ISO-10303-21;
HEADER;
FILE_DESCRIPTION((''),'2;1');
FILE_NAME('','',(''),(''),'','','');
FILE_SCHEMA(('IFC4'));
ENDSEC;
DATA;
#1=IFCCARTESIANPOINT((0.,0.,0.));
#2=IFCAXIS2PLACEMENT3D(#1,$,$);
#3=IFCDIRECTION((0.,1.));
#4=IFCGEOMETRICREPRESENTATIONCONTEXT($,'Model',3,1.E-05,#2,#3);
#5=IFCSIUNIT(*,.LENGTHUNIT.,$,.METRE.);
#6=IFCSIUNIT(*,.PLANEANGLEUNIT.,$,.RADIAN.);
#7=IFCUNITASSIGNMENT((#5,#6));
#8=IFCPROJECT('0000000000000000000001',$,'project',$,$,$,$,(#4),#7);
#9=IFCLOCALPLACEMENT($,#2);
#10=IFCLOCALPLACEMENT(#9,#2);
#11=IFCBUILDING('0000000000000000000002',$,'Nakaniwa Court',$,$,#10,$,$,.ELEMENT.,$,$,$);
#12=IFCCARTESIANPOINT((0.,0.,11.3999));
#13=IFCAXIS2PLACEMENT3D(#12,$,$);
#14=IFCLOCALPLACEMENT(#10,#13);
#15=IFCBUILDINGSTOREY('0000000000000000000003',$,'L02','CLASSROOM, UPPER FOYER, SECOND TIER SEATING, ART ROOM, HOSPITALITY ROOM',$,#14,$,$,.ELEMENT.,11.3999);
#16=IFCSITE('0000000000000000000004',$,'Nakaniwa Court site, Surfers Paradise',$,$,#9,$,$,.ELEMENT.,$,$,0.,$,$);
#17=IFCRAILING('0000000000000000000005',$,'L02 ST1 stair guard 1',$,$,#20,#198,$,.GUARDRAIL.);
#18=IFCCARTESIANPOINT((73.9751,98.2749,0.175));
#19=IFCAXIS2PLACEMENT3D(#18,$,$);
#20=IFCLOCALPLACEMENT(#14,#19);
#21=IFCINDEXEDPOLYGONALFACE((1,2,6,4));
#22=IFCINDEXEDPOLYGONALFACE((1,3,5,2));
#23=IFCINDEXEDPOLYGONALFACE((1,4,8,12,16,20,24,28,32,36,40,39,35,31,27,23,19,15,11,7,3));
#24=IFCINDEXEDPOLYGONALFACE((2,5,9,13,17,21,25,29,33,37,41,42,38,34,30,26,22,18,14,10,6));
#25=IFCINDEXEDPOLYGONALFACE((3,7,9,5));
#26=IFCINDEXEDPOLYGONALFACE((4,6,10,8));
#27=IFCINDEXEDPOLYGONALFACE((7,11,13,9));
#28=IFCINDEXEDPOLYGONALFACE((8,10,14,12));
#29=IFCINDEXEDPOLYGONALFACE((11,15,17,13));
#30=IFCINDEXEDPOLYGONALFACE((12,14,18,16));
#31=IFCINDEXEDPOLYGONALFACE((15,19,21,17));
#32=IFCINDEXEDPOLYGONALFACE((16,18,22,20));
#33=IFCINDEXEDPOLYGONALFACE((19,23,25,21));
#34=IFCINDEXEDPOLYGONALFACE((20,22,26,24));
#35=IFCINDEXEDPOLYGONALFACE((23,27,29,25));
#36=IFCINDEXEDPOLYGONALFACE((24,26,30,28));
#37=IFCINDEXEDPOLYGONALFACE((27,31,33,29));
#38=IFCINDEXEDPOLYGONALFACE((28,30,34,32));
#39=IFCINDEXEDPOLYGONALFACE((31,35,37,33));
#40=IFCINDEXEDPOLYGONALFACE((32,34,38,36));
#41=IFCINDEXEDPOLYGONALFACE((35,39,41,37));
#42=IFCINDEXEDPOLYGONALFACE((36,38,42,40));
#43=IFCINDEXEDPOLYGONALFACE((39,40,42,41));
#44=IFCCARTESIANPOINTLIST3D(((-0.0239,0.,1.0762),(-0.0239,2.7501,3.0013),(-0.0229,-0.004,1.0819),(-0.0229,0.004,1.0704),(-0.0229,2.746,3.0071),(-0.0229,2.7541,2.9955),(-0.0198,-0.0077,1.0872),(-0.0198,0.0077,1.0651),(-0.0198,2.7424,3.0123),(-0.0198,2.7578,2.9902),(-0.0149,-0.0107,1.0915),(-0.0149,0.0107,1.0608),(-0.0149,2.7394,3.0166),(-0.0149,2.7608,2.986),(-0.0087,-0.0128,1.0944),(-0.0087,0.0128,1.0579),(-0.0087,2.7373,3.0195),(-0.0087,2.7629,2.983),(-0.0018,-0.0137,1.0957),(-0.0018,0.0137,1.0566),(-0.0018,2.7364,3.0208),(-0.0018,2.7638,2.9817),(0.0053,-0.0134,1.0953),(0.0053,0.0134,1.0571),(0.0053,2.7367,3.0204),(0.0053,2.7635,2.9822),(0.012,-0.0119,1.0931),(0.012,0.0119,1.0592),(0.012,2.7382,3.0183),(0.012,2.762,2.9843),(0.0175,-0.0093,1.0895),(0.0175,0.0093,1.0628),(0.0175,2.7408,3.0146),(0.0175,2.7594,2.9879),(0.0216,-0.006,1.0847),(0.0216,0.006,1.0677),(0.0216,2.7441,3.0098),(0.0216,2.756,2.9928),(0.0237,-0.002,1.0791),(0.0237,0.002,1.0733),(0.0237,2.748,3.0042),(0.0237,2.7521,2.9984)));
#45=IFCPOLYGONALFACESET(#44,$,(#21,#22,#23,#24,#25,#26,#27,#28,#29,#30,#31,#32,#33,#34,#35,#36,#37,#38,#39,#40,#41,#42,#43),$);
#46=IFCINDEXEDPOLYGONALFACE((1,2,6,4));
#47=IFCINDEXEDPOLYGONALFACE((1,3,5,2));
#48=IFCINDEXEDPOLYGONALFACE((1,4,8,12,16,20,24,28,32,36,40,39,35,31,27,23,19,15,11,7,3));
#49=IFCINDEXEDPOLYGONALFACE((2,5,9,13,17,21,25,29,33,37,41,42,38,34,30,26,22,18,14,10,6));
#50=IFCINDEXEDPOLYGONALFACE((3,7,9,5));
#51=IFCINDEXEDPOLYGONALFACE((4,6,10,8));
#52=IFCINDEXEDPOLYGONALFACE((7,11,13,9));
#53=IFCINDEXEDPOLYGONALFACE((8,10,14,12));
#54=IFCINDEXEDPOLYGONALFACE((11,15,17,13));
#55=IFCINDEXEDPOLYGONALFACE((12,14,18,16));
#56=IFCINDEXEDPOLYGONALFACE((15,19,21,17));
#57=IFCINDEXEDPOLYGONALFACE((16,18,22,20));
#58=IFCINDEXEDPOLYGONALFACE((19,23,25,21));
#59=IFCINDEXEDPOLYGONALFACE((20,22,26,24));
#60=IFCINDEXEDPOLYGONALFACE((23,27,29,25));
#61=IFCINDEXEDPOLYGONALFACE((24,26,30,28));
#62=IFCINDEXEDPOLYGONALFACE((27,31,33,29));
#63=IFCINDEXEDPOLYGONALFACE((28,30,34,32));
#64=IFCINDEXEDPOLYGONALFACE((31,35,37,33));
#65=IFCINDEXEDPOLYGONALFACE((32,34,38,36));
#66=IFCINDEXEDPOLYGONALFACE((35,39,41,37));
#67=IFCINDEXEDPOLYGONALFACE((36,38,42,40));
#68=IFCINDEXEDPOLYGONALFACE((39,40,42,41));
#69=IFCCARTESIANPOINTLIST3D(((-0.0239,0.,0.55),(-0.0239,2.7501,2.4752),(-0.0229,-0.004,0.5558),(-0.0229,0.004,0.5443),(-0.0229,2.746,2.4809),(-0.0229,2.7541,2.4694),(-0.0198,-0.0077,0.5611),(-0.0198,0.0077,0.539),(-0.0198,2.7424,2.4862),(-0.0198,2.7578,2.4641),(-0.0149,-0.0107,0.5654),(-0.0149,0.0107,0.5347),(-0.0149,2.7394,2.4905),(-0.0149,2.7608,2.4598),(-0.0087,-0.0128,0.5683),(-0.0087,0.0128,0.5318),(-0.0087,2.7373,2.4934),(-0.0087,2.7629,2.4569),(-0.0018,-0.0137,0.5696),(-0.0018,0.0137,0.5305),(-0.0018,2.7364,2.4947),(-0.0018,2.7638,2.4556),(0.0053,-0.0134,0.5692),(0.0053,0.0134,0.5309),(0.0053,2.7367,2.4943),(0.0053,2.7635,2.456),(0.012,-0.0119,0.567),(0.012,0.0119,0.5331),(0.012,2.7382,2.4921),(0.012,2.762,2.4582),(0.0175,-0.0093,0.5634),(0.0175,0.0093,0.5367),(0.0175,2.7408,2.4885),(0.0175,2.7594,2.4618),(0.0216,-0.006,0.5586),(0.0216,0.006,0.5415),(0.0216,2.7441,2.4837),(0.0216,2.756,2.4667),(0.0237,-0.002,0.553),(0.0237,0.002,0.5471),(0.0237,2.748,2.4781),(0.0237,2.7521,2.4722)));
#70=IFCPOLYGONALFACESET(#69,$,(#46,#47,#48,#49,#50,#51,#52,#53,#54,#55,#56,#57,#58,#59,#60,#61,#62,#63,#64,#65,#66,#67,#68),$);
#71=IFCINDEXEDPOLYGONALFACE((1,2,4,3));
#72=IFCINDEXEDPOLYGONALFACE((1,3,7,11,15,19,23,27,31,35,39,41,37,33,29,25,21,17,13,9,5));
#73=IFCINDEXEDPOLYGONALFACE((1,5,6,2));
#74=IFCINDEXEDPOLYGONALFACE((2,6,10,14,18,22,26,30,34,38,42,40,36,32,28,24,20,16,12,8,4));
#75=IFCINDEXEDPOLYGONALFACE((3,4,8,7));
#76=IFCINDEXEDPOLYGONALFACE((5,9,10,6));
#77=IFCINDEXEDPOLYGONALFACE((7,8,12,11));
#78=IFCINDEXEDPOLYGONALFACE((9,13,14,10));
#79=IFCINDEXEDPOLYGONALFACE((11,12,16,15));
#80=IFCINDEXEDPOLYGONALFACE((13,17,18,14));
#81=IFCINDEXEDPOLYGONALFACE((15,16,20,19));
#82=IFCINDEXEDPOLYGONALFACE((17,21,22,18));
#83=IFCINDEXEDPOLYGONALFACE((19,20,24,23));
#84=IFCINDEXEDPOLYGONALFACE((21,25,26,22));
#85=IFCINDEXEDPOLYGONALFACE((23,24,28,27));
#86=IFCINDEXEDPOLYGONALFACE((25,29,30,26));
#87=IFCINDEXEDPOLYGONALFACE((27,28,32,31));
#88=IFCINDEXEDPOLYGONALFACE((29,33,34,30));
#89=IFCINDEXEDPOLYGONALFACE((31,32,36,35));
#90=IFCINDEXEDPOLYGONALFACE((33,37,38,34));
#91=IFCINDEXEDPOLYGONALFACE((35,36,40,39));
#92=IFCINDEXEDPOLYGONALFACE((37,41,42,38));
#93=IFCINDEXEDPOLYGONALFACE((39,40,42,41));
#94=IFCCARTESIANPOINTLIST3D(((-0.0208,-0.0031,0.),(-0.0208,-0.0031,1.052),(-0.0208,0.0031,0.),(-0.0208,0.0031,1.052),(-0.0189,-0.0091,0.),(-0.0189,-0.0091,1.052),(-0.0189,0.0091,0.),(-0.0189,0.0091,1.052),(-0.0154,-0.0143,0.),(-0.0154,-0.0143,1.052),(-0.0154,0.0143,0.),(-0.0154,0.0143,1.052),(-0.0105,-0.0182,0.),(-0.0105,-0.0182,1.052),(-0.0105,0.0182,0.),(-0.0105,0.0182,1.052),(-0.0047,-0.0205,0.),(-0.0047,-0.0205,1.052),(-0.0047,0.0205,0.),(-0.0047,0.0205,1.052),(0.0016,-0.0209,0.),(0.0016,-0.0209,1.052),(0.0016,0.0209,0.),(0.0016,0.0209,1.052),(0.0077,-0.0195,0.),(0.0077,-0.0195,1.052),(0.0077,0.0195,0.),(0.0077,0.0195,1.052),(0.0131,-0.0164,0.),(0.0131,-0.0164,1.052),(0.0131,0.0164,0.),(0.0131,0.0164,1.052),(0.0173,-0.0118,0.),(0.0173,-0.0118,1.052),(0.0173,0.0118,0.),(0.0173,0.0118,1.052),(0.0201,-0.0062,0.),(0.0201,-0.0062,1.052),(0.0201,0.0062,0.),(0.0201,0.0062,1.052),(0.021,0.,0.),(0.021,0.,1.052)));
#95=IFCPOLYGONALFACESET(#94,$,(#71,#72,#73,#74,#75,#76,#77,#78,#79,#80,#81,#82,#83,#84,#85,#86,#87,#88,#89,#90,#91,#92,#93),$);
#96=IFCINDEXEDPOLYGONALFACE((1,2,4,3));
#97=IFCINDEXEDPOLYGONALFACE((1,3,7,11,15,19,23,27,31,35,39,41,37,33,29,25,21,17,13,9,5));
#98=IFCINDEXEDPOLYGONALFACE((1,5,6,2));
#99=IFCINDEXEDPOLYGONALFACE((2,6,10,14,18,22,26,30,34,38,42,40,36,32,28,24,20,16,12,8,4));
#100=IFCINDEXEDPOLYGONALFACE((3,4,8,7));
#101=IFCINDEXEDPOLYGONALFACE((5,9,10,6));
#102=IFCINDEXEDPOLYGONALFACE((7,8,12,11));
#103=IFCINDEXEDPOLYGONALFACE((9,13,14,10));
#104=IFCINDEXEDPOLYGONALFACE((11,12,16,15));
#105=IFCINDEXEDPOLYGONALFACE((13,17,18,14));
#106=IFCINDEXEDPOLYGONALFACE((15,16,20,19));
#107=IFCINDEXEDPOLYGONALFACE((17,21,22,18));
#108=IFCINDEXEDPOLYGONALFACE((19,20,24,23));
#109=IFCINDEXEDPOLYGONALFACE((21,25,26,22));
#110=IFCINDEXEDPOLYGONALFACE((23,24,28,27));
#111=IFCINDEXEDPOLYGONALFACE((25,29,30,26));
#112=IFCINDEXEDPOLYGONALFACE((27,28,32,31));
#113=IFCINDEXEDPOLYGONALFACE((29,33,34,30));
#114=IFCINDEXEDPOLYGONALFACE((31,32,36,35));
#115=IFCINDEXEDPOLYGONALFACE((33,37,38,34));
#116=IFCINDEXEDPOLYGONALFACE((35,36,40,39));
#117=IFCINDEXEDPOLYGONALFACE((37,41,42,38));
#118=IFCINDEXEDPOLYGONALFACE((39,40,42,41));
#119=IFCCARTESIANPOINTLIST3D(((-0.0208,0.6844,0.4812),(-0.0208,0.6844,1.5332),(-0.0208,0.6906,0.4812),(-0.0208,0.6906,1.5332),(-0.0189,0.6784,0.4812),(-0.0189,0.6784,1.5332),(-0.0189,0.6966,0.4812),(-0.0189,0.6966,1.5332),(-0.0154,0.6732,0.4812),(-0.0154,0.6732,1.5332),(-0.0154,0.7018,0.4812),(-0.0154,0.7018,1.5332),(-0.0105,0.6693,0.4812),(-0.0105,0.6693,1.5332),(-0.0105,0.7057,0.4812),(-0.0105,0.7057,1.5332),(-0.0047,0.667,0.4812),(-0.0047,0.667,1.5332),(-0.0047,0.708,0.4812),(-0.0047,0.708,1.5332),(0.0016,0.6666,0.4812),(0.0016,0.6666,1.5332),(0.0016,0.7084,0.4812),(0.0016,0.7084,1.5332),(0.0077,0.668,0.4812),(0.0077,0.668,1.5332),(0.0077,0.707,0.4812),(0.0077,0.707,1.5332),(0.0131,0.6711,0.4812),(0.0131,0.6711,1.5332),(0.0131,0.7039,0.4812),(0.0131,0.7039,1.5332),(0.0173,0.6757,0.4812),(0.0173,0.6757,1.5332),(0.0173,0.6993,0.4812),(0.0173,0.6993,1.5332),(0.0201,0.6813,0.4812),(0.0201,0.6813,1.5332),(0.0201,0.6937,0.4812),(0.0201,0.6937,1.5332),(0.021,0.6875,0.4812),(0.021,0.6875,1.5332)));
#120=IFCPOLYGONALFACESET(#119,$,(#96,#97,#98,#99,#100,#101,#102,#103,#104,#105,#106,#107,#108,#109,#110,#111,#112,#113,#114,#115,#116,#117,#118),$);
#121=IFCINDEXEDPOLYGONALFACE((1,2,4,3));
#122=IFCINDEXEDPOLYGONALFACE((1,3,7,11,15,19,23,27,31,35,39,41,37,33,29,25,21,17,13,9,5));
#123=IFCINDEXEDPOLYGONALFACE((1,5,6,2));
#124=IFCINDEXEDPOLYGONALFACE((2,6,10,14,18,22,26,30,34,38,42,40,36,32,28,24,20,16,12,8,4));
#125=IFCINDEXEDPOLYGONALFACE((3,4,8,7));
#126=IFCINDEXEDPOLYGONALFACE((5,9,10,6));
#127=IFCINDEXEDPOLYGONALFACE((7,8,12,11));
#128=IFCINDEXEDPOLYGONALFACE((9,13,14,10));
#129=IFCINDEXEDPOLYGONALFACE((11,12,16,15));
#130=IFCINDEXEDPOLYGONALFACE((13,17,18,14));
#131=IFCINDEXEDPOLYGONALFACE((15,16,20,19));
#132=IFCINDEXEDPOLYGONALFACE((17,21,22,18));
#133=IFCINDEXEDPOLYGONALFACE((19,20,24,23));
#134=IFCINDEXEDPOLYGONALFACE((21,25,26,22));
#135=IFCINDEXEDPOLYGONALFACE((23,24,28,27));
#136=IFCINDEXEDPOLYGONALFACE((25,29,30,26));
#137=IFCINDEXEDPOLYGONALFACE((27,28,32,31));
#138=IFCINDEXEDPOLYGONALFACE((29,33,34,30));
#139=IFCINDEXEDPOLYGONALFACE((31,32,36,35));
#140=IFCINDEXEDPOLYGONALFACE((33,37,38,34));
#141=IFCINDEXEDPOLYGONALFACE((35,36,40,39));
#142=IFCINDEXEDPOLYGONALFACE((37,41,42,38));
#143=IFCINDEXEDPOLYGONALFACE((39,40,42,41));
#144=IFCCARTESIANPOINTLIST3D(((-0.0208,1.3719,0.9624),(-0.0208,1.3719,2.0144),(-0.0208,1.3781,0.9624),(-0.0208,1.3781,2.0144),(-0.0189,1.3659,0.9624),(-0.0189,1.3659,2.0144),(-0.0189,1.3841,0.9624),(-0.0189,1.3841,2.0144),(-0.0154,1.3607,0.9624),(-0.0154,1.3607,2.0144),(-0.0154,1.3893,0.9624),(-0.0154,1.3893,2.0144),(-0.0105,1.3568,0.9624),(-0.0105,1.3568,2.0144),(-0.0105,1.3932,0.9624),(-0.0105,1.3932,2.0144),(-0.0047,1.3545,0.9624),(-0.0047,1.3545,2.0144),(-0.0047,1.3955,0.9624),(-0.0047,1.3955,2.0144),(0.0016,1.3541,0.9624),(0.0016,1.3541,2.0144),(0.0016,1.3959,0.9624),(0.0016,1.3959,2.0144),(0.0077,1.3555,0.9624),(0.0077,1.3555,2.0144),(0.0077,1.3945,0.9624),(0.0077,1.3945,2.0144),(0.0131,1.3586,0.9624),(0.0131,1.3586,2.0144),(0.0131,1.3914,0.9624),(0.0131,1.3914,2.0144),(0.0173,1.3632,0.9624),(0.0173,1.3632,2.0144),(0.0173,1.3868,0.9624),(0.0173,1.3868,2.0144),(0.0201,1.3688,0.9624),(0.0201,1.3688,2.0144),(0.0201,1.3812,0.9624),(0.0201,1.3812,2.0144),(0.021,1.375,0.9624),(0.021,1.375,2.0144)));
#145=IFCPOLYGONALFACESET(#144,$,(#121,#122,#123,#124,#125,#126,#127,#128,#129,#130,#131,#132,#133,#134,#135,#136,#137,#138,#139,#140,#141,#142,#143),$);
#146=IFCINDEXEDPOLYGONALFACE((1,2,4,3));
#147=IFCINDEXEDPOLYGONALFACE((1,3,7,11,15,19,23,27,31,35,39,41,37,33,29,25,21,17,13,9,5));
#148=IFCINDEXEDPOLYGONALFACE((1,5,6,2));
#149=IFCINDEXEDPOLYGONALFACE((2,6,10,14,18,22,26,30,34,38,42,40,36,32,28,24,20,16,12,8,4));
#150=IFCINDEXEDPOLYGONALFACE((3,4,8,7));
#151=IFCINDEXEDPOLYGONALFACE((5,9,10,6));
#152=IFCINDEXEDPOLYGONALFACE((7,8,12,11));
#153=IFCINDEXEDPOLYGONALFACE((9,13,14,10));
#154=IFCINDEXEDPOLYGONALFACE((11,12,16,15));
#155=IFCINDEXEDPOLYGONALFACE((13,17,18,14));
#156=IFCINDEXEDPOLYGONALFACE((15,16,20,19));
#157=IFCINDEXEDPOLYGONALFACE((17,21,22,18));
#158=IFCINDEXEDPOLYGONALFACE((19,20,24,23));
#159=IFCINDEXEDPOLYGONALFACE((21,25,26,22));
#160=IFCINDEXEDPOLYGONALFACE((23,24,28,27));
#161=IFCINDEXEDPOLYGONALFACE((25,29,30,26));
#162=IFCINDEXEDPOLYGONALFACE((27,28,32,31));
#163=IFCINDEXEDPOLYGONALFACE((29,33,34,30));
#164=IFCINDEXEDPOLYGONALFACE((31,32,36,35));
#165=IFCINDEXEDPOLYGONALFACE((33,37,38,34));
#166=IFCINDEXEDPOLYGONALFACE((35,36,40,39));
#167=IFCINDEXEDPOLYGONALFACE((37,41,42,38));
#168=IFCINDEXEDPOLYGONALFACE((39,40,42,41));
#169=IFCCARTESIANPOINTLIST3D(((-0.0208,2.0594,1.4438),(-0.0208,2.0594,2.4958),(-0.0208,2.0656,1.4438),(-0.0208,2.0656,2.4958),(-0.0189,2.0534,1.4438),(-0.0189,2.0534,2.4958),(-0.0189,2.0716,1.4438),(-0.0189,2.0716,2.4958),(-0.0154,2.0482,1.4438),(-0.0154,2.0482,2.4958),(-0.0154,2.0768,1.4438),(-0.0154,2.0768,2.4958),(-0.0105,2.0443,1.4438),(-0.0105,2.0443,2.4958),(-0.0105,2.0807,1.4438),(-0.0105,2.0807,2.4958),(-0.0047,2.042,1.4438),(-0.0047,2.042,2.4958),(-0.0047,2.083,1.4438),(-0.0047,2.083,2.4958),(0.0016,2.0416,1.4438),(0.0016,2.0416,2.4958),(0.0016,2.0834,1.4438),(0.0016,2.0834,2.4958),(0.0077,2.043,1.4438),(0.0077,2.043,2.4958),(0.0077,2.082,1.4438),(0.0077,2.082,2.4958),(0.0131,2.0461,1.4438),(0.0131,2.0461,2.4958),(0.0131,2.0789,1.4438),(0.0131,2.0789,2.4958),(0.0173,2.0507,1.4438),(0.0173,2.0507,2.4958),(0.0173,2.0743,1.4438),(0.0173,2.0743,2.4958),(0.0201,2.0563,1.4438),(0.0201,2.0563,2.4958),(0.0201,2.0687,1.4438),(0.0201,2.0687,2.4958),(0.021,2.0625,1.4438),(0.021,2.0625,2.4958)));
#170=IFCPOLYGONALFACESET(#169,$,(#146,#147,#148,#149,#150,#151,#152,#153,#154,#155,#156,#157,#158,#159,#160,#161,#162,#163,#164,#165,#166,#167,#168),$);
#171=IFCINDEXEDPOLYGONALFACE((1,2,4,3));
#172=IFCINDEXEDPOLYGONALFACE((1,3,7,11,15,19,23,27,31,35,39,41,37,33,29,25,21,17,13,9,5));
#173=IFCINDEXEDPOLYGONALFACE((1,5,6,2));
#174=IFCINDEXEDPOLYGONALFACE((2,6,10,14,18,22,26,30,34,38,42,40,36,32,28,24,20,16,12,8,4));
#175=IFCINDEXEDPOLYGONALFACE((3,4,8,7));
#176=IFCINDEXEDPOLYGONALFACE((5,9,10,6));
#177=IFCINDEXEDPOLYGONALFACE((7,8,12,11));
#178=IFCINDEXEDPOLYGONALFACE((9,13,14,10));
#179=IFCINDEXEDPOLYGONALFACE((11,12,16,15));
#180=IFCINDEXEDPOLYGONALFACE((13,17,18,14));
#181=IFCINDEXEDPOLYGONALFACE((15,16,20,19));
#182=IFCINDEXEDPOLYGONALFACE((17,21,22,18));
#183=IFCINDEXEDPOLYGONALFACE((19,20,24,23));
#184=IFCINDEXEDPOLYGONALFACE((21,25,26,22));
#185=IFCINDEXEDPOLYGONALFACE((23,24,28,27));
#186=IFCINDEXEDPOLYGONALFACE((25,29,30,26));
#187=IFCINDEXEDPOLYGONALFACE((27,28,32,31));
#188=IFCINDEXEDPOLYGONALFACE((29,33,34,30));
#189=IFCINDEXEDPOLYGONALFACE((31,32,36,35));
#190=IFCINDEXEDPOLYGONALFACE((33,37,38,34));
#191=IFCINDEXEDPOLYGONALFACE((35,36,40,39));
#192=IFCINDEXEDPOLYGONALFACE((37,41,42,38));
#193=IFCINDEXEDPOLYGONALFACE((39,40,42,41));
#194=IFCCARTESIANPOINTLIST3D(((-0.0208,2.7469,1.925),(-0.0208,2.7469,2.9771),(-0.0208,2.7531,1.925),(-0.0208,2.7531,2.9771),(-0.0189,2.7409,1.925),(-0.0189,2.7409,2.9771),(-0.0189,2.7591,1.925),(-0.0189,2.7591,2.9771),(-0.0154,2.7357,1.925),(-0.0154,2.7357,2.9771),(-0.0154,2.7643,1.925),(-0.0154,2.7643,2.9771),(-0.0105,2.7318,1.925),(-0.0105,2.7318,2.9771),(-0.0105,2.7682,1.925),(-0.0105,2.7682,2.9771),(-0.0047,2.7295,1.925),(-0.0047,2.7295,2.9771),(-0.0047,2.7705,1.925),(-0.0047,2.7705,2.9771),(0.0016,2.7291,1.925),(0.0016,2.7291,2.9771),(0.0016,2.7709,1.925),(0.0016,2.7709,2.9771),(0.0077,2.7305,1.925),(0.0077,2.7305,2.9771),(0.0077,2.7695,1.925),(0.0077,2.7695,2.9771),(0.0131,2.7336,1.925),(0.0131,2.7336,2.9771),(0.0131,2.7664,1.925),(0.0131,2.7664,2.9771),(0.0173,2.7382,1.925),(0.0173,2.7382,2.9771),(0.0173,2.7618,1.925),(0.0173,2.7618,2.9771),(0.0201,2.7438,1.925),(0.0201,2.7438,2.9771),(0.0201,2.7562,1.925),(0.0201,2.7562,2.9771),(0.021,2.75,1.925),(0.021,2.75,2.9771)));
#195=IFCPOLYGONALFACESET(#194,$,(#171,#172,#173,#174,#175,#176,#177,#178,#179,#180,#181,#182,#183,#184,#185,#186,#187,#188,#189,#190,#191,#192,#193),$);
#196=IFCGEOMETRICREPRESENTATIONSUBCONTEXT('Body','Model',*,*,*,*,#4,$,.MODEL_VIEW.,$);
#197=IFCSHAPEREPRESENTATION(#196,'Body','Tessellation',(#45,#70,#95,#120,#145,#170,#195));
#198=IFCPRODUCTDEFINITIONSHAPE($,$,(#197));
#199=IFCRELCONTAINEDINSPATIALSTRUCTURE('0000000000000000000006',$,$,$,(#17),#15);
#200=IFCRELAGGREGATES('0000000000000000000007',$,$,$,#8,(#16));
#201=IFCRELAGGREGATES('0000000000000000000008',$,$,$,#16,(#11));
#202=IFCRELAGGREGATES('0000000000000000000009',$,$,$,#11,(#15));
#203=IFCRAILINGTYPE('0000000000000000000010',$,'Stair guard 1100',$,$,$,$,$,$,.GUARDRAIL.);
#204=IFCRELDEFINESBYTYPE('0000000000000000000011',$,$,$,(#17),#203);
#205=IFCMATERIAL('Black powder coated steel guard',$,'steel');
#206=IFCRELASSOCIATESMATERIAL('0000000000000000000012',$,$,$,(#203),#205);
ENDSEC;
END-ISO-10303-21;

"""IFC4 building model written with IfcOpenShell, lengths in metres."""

from ifc_helpers import new_model, si_unit, direction, frame, origin, origin_2d, place, context, subcontext, project, spatial, circle, extrude, material, type_object, element, save


model = new_model("IFC4")

# Units and contexts
model_context = context("Model", 3, precision=1e-05, world=origin(), true_north=direction((0.0, 1.0)))
body_context = subcontext(model_context, "Body", "Model", "MODEL_VIEW")
ifc_project = project(units=[si_unit("LENGTHUNIT", "METRE"), si_unit("PLANEANGLEUNIT", "RADIAN")], contexts=[model_context])

# Site, building, storey
site_placement = place(None, origin())
site = spatial("IfcSite", under=ifc_project, at=site_placement, Name="Nakaniwa Court site, Surfers Paradise", CompositionType="ELEMENT", RefElevation=0.0)
building_placement = place(site_placement, origin())
building = spatial("IfcBuilding", under=site, at=building_placement, Name="Nakaniwa Court", CompositionType="ELEMENT")
storey_placement = place(building_placement, frame((0.0, 0.0, 11.3999)))
storey = spatial("IfcBuildingStorey", under=building, at=storey_placement, Name="L02", Description="CLASSROOM, UPPER FOYER, SECOND TIER SEATING, ART ROOM, HOSPITALITY ROOM", CompositionType="ELEMENT", Elevation=11.3999)

# Railing
ifc_material_1 = material(Name="Black powder coated steel guard", Category="steel")
railing_type_1 = type_object("IfcRailingType", Name="Stair guard 1100", PredefinedType="GUARDRAIL", material=ifc_material_1)
railing_1_placement = place(storey_placement, frame((73.9751, 98.2749, 0.175)))
element("IfcRailing", 1, at=railing_1_placement, inside=storey, type_object=railing_type_1, Name="L02 ST1 stair guard 1", PredefinedType="GUARDRAIL", context=body_context, shape_type="SweptSolid", body=[
    extrude(circle(Radius=0.0239, at=origin_2d()), frame((0.0, 0.0, 1.0762), z_axis=(0.0, 0.819225, 0.573472), x_axis=(-1.0, 0.0, 0.0)), (0.0, 0.0, 1.0), 3.3569),
    extrude(circle(Radius=0.0239, at=origin_2d()), frame((0.0, 0.0, 0.55), z_axis=(0.0, 0.819225, 0.573472), x_axis=(-1.0, 0.0, 0.0)), (0.0, 0.0, 1.0), 3.3569),
    extrude(circle(Radius=0.021, at=origin_2d()), origin(), (0.0, 0.0, 1.0), 1.052),
    extrude(circle(Radius=0.021, at=origin_2d()), frame((0.0, 0.6875, 0.4812)), (0.0, 0.0, 1.0), 1.052),
    extrude(circle(Radius=0.021, at=origin_2d()), frame((0.0, 1.375, 0.9624)), (0.0, 0.0, 1.0), 1.052),
    extrude(circle(Radius=0.021, at=origin_2d()), frame((0.0, 2.0625, 1.4438)), (0.0, 0.0, 1.0), 1.052),
    extrude(circle(Radius=0.021, at=origin_2d()), frame((0.0, 2.75, 1.925)), (0.0, 0.0, 1.0), 1.052),
])

save(model, "model.ifc")
